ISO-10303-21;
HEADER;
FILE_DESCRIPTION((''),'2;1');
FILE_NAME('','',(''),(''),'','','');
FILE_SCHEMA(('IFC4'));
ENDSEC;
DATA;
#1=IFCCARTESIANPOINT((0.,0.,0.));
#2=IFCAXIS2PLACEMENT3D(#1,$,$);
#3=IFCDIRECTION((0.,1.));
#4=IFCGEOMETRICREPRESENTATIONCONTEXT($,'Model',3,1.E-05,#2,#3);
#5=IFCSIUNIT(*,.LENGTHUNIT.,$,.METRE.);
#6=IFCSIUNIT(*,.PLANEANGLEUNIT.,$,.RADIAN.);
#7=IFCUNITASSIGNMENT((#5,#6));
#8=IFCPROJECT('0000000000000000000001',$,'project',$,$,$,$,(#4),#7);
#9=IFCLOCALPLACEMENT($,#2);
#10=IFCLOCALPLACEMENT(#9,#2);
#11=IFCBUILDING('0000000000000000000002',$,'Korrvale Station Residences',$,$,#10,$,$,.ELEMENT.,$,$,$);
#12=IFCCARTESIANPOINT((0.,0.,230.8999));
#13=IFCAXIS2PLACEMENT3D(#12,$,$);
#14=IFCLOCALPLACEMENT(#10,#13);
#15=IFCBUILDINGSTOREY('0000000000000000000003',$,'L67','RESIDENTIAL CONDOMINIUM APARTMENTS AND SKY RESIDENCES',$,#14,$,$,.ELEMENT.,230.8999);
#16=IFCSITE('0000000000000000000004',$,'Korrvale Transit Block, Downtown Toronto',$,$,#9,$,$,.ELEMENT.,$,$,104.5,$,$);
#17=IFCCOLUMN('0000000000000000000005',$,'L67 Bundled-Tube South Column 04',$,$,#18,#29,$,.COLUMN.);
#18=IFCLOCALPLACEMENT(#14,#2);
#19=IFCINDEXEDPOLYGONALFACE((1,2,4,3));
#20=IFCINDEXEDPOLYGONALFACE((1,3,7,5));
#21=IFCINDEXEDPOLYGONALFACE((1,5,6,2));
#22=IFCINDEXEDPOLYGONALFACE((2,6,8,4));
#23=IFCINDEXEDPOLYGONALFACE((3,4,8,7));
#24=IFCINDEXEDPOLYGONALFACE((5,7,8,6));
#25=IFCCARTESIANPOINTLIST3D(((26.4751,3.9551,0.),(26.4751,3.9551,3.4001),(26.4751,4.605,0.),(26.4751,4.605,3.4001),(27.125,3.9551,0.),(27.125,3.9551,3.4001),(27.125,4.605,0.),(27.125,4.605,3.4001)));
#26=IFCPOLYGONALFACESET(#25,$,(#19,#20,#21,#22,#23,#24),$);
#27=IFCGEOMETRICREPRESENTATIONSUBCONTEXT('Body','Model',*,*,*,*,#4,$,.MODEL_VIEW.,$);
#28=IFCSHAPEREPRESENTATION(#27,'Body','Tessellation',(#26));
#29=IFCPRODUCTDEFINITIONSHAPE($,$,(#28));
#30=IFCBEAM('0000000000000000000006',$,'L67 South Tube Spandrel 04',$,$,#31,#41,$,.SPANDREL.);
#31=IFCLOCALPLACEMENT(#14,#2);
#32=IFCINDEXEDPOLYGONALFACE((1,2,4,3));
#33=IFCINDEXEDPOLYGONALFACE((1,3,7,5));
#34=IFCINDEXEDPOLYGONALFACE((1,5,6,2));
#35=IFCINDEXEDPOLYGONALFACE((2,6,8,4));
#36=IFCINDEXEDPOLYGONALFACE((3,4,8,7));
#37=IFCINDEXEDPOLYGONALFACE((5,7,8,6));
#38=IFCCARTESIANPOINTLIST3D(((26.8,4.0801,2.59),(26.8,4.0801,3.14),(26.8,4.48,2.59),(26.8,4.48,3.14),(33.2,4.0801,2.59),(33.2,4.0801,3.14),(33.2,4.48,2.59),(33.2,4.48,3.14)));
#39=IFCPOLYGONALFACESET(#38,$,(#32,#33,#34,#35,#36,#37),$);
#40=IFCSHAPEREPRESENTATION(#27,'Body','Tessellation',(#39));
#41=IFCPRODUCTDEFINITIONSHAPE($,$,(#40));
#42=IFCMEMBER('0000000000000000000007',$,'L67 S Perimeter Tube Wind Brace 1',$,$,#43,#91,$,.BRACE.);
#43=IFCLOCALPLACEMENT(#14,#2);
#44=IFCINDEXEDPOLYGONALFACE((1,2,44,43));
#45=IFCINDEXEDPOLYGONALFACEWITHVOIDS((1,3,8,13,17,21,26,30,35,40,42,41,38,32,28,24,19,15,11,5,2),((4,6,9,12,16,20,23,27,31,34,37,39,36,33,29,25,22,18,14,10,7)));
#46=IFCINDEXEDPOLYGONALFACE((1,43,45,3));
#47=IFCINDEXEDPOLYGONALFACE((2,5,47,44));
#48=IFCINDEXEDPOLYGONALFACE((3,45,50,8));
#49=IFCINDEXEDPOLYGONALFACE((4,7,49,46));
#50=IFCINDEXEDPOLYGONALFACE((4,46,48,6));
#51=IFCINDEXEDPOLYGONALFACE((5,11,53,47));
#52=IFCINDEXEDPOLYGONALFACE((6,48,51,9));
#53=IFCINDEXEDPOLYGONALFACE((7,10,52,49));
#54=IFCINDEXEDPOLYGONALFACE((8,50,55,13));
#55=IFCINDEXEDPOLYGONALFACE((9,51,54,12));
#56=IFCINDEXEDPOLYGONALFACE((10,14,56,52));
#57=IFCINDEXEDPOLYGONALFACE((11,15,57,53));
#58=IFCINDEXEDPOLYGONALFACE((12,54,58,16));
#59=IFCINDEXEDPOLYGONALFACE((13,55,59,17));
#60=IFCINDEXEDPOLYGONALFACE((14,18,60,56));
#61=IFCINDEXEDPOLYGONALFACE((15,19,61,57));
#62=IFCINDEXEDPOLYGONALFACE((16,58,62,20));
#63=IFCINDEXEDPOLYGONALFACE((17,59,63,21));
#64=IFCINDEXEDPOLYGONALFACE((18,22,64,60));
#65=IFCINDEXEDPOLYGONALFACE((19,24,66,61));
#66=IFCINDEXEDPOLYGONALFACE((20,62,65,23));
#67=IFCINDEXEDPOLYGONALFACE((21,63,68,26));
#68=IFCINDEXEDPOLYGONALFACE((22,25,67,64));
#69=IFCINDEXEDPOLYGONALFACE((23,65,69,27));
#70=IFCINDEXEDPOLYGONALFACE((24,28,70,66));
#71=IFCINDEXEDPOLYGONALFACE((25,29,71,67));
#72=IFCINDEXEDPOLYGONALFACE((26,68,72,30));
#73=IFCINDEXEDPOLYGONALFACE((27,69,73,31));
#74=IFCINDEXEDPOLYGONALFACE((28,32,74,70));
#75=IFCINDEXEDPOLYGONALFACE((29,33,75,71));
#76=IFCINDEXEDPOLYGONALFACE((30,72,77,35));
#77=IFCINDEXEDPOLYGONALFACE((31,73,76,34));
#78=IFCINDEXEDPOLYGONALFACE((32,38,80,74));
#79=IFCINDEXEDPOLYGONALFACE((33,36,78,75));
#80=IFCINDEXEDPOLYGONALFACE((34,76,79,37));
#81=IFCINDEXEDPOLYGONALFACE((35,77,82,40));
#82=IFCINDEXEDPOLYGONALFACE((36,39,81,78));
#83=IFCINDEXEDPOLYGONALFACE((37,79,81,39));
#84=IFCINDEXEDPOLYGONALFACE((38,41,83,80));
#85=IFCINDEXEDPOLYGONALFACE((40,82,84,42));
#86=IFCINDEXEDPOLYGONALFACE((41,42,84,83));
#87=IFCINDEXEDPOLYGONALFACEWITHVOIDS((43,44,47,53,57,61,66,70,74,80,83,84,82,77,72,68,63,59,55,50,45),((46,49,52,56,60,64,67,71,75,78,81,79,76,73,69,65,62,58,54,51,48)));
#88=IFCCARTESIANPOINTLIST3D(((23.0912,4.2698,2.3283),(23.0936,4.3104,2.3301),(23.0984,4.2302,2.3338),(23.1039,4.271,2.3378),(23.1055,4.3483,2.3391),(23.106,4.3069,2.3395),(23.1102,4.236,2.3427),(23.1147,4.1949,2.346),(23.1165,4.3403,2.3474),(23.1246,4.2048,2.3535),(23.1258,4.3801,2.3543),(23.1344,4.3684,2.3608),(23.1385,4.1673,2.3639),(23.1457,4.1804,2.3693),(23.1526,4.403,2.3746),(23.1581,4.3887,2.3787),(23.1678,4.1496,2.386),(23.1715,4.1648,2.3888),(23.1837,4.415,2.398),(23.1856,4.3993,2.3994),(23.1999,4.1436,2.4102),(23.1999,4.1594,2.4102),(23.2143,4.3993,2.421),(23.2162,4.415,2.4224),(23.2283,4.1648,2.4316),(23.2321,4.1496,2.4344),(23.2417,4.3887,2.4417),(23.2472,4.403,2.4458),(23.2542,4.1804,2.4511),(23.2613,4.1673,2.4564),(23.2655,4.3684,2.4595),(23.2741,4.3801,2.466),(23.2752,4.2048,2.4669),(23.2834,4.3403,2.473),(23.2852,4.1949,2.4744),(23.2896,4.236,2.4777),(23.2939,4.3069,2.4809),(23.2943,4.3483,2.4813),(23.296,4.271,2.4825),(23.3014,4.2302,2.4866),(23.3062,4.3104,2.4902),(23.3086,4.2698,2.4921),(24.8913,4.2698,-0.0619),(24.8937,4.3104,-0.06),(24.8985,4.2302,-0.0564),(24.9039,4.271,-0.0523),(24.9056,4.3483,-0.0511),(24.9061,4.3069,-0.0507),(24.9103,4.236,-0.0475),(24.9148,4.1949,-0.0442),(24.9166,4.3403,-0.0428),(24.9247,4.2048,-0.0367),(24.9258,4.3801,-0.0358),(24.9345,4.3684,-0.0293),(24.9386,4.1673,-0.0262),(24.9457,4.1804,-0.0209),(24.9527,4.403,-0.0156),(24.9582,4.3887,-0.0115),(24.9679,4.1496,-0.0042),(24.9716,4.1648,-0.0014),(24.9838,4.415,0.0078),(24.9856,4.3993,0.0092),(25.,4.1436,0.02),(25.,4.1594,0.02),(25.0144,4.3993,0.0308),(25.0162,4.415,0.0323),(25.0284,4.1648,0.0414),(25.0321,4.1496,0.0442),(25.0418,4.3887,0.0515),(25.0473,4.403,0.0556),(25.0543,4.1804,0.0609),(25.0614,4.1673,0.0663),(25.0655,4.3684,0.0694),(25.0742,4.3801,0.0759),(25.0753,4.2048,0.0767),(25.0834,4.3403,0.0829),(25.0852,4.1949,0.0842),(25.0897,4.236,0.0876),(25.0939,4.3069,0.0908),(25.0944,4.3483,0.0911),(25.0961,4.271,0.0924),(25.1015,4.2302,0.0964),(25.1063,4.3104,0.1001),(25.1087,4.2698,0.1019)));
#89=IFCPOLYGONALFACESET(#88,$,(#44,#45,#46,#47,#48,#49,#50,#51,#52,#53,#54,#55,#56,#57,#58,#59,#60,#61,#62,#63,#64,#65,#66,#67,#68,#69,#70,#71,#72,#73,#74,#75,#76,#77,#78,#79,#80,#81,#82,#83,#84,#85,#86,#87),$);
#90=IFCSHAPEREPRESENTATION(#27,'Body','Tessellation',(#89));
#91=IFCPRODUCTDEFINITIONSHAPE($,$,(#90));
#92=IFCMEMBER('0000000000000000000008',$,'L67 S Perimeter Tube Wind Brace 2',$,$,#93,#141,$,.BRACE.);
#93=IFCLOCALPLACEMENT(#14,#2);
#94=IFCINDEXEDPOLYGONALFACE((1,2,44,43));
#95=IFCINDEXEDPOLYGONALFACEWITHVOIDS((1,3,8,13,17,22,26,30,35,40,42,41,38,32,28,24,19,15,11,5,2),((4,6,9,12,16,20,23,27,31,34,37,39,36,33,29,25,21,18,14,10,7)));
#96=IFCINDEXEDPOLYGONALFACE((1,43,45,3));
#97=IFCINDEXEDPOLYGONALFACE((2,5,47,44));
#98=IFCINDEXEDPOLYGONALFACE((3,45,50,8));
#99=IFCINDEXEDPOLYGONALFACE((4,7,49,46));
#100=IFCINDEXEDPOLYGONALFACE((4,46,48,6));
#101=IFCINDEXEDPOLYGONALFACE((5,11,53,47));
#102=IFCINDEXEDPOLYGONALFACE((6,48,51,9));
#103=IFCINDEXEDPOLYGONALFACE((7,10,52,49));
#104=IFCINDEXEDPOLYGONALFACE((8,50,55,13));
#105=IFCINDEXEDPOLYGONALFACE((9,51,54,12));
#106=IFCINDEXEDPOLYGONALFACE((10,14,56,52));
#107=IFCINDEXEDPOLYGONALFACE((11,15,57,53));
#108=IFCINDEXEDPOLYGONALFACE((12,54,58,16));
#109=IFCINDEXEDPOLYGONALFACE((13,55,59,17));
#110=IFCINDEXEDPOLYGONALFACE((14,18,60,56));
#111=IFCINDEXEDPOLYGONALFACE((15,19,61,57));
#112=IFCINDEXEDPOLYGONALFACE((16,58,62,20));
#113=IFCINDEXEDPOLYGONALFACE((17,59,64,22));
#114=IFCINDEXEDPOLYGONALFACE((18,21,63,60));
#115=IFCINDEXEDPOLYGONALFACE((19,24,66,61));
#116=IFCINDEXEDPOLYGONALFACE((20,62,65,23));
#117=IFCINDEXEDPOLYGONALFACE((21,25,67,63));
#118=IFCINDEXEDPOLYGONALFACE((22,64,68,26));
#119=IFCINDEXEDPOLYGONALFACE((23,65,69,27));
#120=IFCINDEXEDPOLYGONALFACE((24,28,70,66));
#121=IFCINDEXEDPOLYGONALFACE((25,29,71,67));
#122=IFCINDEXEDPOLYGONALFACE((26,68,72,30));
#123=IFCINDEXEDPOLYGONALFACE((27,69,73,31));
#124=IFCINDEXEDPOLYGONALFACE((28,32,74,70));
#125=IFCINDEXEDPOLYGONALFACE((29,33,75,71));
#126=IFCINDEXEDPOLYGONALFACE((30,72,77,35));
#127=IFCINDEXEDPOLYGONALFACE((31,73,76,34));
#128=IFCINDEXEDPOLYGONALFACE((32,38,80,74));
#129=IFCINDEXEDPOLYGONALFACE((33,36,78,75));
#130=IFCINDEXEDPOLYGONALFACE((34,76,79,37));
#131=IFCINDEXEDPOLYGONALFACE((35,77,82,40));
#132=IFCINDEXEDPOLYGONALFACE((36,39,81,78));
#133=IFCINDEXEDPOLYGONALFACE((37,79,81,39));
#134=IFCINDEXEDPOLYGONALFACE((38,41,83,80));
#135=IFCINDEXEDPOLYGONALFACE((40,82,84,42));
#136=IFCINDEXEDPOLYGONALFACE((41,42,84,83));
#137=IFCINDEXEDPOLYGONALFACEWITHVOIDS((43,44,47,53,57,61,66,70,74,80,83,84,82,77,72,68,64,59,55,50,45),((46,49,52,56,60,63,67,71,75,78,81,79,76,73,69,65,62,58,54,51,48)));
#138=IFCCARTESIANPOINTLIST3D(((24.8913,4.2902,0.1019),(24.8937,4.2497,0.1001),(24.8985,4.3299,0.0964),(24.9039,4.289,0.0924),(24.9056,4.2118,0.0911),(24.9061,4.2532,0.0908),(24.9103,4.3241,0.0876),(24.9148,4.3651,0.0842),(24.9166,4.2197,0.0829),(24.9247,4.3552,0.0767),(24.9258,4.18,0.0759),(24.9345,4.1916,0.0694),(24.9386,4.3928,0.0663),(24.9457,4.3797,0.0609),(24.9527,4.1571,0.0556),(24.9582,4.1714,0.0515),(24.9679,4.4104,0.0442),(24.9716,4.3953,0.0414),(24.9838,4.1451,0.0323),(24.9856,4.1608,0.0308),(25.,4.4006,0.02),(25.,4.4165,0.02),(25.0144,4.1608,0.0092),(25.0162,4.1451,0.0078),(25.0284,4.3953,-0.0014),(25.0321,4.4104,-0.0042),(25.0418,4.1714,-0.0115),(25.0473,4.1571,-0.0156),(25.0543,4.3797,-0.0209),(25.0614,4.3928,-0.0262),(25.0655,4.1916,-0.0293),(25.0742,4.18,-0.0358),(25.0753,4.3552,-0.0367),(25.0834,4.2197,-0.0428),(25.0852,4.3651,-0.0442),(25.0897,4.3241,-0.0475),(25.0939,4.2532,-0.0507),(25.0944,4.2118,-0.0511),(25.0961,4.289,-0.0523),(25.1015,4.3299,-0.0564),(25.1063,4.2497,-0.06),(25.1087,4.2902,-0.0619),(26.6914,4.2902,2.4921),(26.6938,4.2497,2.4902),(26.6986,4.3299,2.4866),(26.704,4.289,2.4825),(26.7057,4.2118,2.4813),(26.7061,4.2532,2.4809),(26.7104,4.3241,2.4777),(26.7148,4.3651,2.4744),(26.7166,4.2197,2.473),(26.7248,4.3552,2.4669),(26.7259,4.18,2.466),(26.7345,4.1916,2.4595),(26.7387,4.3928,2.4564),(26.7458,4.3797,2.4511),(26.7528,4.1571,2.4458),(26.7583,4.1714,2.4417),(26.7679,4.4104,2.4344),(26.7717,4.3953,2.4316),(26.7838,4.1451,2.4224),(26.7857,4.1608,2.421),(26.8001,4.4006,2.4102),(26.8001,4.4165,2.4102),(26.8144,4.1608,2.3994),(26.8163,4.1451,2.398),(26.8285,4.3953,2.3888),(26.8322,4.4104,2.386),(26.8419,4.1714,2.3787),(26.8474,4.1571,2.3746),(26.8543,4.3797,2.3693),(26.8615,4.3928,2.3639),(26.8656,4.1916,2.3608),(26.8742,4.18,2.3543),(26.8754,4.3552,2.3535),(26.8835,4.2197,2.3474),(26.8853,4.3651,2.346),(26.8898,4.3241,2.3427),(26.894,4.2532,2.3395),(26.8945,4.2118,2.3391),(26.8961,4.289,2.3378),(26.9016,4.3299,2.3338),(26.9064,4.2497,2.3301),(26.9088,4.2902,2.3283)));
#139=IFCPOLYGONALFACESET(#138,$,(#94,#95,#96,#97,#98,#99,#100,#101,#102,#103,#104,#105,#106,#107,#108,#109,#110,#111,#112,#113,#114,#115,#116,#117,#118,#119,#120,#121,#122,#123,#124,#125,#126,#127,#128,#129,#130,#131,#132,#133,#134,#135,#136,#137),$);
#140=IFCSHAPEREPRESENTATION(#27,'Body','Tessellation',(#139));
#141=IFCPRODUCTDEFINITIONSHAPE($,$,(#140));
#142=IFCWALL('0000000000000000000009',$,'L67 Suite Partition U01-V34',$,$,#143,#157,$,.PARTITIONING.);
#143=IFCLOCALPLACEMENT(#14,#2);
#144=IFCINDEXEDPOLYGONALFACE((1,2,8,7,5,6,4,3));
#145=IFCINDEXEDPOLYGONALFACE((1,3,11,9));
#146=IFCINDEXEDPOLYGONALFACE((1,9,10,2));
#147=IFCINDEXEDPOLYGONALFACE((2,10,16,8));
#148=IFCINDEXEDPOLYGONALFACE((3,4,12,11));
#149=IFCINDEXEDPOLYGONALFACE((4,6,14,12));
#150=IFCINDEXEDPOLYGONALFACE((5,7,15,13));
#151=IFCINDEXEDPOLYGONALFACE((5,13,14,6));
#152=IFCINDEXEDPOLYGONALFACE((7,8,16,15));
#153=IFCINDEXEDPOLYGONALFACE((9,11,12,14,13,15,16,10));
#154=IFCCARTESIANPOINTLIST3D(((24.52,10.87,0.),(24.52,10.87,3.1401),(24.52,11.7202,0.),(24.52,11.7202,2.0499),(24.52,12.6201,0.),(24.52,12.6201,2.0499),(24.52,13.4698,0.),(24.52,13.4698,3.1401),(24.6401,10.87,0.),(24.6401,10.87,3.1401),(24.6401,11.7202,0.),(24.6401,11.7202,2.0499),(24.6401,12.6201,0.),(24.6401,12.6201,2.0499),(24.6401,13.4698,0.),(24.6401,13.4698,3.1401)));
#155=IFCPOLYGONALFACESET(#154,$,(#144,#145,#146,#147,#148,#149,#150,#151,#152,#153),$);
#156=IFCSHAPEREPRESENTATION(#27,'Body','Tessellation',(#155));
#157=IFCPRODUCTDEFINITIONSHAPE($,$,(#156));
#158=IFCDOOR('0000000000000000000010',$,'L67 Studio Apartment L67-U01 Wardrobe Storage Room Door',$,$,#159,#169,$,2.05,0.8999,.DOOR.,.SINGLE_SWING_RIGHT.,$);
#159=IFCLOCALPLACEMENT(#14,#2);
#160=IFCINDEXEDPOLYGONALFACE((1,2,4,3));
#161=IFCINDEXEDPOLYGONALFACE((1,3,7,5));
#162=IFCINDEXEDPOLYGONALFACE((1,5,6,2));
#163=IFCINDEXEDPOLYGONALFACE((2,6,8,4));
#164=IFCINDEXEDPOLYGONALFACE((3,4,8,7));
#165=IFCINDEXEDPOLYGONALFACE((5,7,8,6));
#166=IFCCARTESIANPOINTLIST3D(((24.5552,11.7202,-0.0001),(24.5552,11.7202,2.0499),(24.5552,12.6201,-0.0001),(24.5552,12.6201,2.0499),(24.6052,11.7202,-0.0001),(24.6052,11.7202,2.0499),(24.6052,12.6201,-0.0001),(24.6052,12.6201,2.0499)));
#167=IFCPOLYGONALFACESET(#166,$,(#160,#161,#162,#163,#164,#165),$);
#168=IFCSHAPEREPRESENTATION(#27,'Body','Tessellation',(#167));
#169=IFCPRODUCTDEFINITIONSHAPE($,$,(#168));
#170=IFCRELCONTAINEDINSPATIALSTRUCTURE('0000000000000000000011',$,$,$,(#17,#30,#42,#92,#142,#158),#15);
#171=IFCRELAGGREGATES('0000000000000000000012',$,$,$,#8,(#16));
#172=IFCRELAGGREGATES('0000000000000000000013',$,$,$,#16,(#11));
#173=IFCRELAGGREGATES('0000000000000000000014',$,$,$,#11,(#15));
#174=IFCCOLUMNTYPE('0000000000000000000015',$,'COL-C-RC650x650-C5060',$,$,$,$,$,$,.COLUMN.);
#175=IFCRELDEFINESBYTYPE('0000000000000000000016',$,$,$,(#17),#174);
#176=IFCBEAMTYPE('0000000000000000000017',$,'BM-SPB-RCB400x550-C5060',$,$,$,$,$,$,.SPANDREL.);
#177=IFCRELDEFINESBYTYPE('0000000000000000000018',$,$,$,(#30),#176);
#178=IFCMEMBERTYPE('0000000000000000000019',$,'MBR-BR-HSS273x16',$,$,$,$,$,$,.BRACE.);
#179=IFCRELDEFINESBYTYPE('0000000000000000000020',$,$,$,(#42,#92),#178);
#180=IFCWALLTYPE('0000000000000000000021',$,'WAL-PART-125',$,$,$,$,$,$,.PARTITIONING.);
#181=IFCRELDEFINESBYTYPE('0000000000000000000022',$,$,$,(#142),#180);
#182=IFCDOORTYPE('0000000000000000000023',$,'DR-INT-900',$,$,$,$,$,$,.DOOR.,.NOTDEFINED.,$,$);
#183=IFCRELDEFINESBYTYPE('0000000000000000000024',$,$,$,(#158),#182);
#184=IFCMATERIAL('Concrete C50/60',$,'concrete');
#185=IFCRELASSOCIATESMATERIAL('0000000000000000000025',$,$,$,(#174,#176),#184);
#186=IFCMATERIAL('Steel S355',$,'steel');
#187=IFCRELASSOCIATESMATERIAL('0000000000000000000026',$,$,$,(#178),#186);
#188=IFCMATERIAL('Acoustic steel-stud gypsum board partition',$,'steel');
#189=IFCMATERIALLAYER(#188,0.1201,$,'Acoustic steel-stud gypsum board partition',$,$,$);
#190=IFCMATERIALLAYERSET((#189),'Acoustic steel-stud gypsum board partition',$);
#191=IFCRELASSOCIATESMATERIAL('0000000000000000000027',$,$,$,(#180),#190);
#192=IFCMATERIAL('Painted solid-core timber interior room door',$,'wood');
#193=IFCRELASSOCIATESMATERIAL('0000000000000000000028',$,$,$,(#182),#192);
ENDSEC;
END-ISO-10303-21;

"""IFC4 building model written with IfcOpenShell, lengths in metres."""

from ifc_helpers import new_model, si_unit, direction, frame, frame_2d, origin, origin_2d, place, context, subcontext, project, spatial, rectangle, hollow_circle, extrude, material, layer, layer_set, material_profile, profile_set, type_object, element, fill, save


model = new_model("IFC4")

# Units and contexts
model_context = context("Model", 3, precision=1e-05, world=origin(), true_north=direction((0.0, 1.0)))
body_context = subcontext(model_context, "Body", "Model", "MODEL_VIEW")
ifc_project = project(units=[si_unit("LENGTHUNIT", "METRE"), si_unit("PLANEANGLEUNIT", "RADIAN")], contexts=[model_context])

# Site, building, storey
site_placement = place(None, origin())
site = spatial("IfcSite", under=ifc_project, at=site_placement, Name="Korrvale Transit Block, Downtown Toronto", CompositionType="ELEMENT", RefElevation=104.5)
building_placement = place(site_placement, origin())
building = spatial("IfcBuilding", under=site, at=building_placement, Name="Korrvale Station Residences", CompositionType="ELEMENT")
storey_placement = place(building_placement, frame((0.0, 0.0, 230.8999)))
storey = spatial("IfcBuildingStorey", under=building, at=storey_placement, Name="L67", Description="RESIDENTIAL CONDOMINIUM APARTMENTS AND SKY RESIDENCES", CompositionType="ELEMENT", Elevation=230.8999)

# Column
ifc_material_1 = material(Name="Concrete C50/60", Category="concrete")
ifc_material_profile_1 = material_profile(ifc_material_1, rectangle(XDim=0.6499, YDim=0.6499, at=origin_2d()), Name="RC650x650")
ifc_profile_set_1 = profile_set([ifc_material_profile_1], Name="Concrete C50/60")
column_type = type_object("IfcColumnType", Name="COL-C-RC650x650-C5060", PredefinedType="COLUMN", material=ifc_profile_set_1)
column_placement = place(storey_placement, frame((26.8, 4.28, 0.0), z_axis=(0.0, 0.0, 1.0), x_axis=(1.0, 0.0, 0.0)))
element("IfcColumn", 1, at=column_placement, inside=storey, type_object=column_type, Name="L67 Bundled-Tube South Column 04", PredefinedType="COLUMN", context=body_context, shape_type="SweptSolid", body=[
    extrude(rectangle(XDim=0.6499, YDim=0.6499, at=origin_2d()), origin(), (0.0, 0.0, 1.0), 3.4001),
])

# Beam
ifc_material_profile_2 = material_profile(ifc_material_1, rectangle(XDim=0.3999, YDim=0.55, at=origin_2d()), Name="RCB400x550")
ifc_profile_set_2 = profile_set([ifc_material_profile_2], Name="Concrete C50/60")
beam_type = type_object("IfcBeamType", Name="BM-SPB-RCB400x550-C5060", PredefinedType="SPANDREL", material=ifc_profile_set_2)
beam_placement = place(storey_placement, frame((26.8, 4.28, 2.865), z_axis=(1.0, 0.0, 0.0), x_axis=(0.0, 1.0, 0.0)))
element("IfcBeam", 2, at=beam_placement, inside=storey, type_object=beam_type, Name="L67 South Tube Spandrel 04", PredefinedType="SPANDREL", context=body_context, shape_type="SweptSolid", body=[
    extrude(rectangle(XDim=0.3999, YDim=0.55, at=origin_2d()), origin(), (0.0, 0.0, 1.0), 6.3999),
])

# Members
ifc_material_2 = material(Name="Steel S355", Category="steel")
ifc_material_profile_3 = material_profile(ifc_material_2, hollow_circle(Radius=0.1365, WallThickness=0.0159, at=origin_2d()), Name="HSS273x16")
ifc_profile_set_3 = profile_set([ifc_material_profile_3], Name="Steel S355")
member_type = type_object("IfcMemberType", Name="MBR-BR-HSS273x16", PredefinedType="BRACE", material=ifc_profile_set_3)
for number, where, z_axis, x_axis, name in (
    (3, (25.0, 4.28, 0.02), (-0.601592, 0.0, 0.798804), (0.0, -1.0, 0.0), "L67 S Perimeter Tube Wind Brace 1"),
    (4, (25.0, 4.28, 0.02), (0.601592, 0.0, 0.798804), (0.0, 1.0, 0.0), "L67 S Perimeter Tube Wind Brace 2"),
):
    element("IfcMember", number, at=place(storey_placement, frame(where, z_axis=z_axis, x_axis=x_axis)), inside=storey, type_object=member_type, Name=name, PredefinedType="BRACE", context=body_context, shape_type="SweptSolid", body=[
        extrude(hollow_circle(Radius=0.1365, WallThickness=0.0159, at=origin_2d()), origin(), (0.0, 0.0, 1.0), 2.9922),
    ])

# Wall, opening, door
ifc_material_3 = material(Name="Acoustic steel-stud gypsum board partition", Category="steel")
ifc_layer_1 = layer(ifc_material_3, 0.1201, Name="Acoustic steel-stud gypsum board partition")
ifc_layer_set_1 = layer_set([ifc_layer_1], Name="Acoustic steel-stud gypsum board partition")
wall_type = type_object("IfcWallType", Name="WAL-PART-125", PredefinedType="PARTITIONING", material=ifc_layer_set_1)
wall_1_placement = place(storey_placement, frame((24.5801, 10.8701, 0.0), z_axis=(0.0, 0.0, 1.0), x_axis=(0.0, 1.0, 0.0)))
wall_1 = element("IfcWall", 5, at=wall_1_placement, inside=storey, type_object=wall_type, Name="L67 Suite Partition U01-V34", PredefinedType="PARTITIONING", context=body_context, shape_type="SweptSolid", body=[
    extrude(rectangle(XDim=2.5999, YDim=0.1201, at=frame_2d((1.2998, 0.0))), origin(), (0.0, 0.0, 1.0), 3.1401),
])
opening_1_placement = place(wall_1_placement, frame((0.8501, 0.0, 0.0)))
opening_1 = element("IfcOpeningElement", 6, at=opening_1_placement, cuts=wall_1, PredefinedType="OPENING", context=body_context, shape_type="SweptSolid", body=[
    extrude(rectangle(XDim=0.8999, YDim=2.05, at=frame_2d((0.45, 1.0249))), frame((0.0, 0.0701, 0.0), z_axis=(0.0, -1.0, 0.0), x_axis=(1.0, 0.0, 0.0)), (0.0, 0.0, 1.0), 0.1401),
])
ifc_material_4 = material(Name="Painted solid-core timber interior room door", Category="wood")
door_type = type_object("IfcDoorType", Name="DR-INT-900", OperationType="NOTDEFINED", PredefinedType="DOOR", material=ifc_material_4)
door_1_placement = place(opening_1_placement, origin())
door_1 = element("IfcDoor", 7, at=door_1_placement, inside=storey, type_object=door_type, Name="L67 Studio Apartment L67-U01 Wardrobe Storage Room Door", OperationType="SINGLE_SWING_RIGHT", OverallHeight=2.05, OverallWidth=0.8999, PredefinedType="DOOR", context=body_context, shape_type="SweptSolid", body=[
    extrude(rectangle(XDim=0.8999, YDim=2.05, at=frame_2d((0.45, 1.0249))), frame((0.0, 0.0249, 0.0), z_axis=(0.0, -1.0, 0.0), x_axis=(1.0, 0.0, 0.0)), (0.0, 0.0, 1.0), 0.05),
])
fill(opening_1, door_1)

save(model, "model.ifc")
